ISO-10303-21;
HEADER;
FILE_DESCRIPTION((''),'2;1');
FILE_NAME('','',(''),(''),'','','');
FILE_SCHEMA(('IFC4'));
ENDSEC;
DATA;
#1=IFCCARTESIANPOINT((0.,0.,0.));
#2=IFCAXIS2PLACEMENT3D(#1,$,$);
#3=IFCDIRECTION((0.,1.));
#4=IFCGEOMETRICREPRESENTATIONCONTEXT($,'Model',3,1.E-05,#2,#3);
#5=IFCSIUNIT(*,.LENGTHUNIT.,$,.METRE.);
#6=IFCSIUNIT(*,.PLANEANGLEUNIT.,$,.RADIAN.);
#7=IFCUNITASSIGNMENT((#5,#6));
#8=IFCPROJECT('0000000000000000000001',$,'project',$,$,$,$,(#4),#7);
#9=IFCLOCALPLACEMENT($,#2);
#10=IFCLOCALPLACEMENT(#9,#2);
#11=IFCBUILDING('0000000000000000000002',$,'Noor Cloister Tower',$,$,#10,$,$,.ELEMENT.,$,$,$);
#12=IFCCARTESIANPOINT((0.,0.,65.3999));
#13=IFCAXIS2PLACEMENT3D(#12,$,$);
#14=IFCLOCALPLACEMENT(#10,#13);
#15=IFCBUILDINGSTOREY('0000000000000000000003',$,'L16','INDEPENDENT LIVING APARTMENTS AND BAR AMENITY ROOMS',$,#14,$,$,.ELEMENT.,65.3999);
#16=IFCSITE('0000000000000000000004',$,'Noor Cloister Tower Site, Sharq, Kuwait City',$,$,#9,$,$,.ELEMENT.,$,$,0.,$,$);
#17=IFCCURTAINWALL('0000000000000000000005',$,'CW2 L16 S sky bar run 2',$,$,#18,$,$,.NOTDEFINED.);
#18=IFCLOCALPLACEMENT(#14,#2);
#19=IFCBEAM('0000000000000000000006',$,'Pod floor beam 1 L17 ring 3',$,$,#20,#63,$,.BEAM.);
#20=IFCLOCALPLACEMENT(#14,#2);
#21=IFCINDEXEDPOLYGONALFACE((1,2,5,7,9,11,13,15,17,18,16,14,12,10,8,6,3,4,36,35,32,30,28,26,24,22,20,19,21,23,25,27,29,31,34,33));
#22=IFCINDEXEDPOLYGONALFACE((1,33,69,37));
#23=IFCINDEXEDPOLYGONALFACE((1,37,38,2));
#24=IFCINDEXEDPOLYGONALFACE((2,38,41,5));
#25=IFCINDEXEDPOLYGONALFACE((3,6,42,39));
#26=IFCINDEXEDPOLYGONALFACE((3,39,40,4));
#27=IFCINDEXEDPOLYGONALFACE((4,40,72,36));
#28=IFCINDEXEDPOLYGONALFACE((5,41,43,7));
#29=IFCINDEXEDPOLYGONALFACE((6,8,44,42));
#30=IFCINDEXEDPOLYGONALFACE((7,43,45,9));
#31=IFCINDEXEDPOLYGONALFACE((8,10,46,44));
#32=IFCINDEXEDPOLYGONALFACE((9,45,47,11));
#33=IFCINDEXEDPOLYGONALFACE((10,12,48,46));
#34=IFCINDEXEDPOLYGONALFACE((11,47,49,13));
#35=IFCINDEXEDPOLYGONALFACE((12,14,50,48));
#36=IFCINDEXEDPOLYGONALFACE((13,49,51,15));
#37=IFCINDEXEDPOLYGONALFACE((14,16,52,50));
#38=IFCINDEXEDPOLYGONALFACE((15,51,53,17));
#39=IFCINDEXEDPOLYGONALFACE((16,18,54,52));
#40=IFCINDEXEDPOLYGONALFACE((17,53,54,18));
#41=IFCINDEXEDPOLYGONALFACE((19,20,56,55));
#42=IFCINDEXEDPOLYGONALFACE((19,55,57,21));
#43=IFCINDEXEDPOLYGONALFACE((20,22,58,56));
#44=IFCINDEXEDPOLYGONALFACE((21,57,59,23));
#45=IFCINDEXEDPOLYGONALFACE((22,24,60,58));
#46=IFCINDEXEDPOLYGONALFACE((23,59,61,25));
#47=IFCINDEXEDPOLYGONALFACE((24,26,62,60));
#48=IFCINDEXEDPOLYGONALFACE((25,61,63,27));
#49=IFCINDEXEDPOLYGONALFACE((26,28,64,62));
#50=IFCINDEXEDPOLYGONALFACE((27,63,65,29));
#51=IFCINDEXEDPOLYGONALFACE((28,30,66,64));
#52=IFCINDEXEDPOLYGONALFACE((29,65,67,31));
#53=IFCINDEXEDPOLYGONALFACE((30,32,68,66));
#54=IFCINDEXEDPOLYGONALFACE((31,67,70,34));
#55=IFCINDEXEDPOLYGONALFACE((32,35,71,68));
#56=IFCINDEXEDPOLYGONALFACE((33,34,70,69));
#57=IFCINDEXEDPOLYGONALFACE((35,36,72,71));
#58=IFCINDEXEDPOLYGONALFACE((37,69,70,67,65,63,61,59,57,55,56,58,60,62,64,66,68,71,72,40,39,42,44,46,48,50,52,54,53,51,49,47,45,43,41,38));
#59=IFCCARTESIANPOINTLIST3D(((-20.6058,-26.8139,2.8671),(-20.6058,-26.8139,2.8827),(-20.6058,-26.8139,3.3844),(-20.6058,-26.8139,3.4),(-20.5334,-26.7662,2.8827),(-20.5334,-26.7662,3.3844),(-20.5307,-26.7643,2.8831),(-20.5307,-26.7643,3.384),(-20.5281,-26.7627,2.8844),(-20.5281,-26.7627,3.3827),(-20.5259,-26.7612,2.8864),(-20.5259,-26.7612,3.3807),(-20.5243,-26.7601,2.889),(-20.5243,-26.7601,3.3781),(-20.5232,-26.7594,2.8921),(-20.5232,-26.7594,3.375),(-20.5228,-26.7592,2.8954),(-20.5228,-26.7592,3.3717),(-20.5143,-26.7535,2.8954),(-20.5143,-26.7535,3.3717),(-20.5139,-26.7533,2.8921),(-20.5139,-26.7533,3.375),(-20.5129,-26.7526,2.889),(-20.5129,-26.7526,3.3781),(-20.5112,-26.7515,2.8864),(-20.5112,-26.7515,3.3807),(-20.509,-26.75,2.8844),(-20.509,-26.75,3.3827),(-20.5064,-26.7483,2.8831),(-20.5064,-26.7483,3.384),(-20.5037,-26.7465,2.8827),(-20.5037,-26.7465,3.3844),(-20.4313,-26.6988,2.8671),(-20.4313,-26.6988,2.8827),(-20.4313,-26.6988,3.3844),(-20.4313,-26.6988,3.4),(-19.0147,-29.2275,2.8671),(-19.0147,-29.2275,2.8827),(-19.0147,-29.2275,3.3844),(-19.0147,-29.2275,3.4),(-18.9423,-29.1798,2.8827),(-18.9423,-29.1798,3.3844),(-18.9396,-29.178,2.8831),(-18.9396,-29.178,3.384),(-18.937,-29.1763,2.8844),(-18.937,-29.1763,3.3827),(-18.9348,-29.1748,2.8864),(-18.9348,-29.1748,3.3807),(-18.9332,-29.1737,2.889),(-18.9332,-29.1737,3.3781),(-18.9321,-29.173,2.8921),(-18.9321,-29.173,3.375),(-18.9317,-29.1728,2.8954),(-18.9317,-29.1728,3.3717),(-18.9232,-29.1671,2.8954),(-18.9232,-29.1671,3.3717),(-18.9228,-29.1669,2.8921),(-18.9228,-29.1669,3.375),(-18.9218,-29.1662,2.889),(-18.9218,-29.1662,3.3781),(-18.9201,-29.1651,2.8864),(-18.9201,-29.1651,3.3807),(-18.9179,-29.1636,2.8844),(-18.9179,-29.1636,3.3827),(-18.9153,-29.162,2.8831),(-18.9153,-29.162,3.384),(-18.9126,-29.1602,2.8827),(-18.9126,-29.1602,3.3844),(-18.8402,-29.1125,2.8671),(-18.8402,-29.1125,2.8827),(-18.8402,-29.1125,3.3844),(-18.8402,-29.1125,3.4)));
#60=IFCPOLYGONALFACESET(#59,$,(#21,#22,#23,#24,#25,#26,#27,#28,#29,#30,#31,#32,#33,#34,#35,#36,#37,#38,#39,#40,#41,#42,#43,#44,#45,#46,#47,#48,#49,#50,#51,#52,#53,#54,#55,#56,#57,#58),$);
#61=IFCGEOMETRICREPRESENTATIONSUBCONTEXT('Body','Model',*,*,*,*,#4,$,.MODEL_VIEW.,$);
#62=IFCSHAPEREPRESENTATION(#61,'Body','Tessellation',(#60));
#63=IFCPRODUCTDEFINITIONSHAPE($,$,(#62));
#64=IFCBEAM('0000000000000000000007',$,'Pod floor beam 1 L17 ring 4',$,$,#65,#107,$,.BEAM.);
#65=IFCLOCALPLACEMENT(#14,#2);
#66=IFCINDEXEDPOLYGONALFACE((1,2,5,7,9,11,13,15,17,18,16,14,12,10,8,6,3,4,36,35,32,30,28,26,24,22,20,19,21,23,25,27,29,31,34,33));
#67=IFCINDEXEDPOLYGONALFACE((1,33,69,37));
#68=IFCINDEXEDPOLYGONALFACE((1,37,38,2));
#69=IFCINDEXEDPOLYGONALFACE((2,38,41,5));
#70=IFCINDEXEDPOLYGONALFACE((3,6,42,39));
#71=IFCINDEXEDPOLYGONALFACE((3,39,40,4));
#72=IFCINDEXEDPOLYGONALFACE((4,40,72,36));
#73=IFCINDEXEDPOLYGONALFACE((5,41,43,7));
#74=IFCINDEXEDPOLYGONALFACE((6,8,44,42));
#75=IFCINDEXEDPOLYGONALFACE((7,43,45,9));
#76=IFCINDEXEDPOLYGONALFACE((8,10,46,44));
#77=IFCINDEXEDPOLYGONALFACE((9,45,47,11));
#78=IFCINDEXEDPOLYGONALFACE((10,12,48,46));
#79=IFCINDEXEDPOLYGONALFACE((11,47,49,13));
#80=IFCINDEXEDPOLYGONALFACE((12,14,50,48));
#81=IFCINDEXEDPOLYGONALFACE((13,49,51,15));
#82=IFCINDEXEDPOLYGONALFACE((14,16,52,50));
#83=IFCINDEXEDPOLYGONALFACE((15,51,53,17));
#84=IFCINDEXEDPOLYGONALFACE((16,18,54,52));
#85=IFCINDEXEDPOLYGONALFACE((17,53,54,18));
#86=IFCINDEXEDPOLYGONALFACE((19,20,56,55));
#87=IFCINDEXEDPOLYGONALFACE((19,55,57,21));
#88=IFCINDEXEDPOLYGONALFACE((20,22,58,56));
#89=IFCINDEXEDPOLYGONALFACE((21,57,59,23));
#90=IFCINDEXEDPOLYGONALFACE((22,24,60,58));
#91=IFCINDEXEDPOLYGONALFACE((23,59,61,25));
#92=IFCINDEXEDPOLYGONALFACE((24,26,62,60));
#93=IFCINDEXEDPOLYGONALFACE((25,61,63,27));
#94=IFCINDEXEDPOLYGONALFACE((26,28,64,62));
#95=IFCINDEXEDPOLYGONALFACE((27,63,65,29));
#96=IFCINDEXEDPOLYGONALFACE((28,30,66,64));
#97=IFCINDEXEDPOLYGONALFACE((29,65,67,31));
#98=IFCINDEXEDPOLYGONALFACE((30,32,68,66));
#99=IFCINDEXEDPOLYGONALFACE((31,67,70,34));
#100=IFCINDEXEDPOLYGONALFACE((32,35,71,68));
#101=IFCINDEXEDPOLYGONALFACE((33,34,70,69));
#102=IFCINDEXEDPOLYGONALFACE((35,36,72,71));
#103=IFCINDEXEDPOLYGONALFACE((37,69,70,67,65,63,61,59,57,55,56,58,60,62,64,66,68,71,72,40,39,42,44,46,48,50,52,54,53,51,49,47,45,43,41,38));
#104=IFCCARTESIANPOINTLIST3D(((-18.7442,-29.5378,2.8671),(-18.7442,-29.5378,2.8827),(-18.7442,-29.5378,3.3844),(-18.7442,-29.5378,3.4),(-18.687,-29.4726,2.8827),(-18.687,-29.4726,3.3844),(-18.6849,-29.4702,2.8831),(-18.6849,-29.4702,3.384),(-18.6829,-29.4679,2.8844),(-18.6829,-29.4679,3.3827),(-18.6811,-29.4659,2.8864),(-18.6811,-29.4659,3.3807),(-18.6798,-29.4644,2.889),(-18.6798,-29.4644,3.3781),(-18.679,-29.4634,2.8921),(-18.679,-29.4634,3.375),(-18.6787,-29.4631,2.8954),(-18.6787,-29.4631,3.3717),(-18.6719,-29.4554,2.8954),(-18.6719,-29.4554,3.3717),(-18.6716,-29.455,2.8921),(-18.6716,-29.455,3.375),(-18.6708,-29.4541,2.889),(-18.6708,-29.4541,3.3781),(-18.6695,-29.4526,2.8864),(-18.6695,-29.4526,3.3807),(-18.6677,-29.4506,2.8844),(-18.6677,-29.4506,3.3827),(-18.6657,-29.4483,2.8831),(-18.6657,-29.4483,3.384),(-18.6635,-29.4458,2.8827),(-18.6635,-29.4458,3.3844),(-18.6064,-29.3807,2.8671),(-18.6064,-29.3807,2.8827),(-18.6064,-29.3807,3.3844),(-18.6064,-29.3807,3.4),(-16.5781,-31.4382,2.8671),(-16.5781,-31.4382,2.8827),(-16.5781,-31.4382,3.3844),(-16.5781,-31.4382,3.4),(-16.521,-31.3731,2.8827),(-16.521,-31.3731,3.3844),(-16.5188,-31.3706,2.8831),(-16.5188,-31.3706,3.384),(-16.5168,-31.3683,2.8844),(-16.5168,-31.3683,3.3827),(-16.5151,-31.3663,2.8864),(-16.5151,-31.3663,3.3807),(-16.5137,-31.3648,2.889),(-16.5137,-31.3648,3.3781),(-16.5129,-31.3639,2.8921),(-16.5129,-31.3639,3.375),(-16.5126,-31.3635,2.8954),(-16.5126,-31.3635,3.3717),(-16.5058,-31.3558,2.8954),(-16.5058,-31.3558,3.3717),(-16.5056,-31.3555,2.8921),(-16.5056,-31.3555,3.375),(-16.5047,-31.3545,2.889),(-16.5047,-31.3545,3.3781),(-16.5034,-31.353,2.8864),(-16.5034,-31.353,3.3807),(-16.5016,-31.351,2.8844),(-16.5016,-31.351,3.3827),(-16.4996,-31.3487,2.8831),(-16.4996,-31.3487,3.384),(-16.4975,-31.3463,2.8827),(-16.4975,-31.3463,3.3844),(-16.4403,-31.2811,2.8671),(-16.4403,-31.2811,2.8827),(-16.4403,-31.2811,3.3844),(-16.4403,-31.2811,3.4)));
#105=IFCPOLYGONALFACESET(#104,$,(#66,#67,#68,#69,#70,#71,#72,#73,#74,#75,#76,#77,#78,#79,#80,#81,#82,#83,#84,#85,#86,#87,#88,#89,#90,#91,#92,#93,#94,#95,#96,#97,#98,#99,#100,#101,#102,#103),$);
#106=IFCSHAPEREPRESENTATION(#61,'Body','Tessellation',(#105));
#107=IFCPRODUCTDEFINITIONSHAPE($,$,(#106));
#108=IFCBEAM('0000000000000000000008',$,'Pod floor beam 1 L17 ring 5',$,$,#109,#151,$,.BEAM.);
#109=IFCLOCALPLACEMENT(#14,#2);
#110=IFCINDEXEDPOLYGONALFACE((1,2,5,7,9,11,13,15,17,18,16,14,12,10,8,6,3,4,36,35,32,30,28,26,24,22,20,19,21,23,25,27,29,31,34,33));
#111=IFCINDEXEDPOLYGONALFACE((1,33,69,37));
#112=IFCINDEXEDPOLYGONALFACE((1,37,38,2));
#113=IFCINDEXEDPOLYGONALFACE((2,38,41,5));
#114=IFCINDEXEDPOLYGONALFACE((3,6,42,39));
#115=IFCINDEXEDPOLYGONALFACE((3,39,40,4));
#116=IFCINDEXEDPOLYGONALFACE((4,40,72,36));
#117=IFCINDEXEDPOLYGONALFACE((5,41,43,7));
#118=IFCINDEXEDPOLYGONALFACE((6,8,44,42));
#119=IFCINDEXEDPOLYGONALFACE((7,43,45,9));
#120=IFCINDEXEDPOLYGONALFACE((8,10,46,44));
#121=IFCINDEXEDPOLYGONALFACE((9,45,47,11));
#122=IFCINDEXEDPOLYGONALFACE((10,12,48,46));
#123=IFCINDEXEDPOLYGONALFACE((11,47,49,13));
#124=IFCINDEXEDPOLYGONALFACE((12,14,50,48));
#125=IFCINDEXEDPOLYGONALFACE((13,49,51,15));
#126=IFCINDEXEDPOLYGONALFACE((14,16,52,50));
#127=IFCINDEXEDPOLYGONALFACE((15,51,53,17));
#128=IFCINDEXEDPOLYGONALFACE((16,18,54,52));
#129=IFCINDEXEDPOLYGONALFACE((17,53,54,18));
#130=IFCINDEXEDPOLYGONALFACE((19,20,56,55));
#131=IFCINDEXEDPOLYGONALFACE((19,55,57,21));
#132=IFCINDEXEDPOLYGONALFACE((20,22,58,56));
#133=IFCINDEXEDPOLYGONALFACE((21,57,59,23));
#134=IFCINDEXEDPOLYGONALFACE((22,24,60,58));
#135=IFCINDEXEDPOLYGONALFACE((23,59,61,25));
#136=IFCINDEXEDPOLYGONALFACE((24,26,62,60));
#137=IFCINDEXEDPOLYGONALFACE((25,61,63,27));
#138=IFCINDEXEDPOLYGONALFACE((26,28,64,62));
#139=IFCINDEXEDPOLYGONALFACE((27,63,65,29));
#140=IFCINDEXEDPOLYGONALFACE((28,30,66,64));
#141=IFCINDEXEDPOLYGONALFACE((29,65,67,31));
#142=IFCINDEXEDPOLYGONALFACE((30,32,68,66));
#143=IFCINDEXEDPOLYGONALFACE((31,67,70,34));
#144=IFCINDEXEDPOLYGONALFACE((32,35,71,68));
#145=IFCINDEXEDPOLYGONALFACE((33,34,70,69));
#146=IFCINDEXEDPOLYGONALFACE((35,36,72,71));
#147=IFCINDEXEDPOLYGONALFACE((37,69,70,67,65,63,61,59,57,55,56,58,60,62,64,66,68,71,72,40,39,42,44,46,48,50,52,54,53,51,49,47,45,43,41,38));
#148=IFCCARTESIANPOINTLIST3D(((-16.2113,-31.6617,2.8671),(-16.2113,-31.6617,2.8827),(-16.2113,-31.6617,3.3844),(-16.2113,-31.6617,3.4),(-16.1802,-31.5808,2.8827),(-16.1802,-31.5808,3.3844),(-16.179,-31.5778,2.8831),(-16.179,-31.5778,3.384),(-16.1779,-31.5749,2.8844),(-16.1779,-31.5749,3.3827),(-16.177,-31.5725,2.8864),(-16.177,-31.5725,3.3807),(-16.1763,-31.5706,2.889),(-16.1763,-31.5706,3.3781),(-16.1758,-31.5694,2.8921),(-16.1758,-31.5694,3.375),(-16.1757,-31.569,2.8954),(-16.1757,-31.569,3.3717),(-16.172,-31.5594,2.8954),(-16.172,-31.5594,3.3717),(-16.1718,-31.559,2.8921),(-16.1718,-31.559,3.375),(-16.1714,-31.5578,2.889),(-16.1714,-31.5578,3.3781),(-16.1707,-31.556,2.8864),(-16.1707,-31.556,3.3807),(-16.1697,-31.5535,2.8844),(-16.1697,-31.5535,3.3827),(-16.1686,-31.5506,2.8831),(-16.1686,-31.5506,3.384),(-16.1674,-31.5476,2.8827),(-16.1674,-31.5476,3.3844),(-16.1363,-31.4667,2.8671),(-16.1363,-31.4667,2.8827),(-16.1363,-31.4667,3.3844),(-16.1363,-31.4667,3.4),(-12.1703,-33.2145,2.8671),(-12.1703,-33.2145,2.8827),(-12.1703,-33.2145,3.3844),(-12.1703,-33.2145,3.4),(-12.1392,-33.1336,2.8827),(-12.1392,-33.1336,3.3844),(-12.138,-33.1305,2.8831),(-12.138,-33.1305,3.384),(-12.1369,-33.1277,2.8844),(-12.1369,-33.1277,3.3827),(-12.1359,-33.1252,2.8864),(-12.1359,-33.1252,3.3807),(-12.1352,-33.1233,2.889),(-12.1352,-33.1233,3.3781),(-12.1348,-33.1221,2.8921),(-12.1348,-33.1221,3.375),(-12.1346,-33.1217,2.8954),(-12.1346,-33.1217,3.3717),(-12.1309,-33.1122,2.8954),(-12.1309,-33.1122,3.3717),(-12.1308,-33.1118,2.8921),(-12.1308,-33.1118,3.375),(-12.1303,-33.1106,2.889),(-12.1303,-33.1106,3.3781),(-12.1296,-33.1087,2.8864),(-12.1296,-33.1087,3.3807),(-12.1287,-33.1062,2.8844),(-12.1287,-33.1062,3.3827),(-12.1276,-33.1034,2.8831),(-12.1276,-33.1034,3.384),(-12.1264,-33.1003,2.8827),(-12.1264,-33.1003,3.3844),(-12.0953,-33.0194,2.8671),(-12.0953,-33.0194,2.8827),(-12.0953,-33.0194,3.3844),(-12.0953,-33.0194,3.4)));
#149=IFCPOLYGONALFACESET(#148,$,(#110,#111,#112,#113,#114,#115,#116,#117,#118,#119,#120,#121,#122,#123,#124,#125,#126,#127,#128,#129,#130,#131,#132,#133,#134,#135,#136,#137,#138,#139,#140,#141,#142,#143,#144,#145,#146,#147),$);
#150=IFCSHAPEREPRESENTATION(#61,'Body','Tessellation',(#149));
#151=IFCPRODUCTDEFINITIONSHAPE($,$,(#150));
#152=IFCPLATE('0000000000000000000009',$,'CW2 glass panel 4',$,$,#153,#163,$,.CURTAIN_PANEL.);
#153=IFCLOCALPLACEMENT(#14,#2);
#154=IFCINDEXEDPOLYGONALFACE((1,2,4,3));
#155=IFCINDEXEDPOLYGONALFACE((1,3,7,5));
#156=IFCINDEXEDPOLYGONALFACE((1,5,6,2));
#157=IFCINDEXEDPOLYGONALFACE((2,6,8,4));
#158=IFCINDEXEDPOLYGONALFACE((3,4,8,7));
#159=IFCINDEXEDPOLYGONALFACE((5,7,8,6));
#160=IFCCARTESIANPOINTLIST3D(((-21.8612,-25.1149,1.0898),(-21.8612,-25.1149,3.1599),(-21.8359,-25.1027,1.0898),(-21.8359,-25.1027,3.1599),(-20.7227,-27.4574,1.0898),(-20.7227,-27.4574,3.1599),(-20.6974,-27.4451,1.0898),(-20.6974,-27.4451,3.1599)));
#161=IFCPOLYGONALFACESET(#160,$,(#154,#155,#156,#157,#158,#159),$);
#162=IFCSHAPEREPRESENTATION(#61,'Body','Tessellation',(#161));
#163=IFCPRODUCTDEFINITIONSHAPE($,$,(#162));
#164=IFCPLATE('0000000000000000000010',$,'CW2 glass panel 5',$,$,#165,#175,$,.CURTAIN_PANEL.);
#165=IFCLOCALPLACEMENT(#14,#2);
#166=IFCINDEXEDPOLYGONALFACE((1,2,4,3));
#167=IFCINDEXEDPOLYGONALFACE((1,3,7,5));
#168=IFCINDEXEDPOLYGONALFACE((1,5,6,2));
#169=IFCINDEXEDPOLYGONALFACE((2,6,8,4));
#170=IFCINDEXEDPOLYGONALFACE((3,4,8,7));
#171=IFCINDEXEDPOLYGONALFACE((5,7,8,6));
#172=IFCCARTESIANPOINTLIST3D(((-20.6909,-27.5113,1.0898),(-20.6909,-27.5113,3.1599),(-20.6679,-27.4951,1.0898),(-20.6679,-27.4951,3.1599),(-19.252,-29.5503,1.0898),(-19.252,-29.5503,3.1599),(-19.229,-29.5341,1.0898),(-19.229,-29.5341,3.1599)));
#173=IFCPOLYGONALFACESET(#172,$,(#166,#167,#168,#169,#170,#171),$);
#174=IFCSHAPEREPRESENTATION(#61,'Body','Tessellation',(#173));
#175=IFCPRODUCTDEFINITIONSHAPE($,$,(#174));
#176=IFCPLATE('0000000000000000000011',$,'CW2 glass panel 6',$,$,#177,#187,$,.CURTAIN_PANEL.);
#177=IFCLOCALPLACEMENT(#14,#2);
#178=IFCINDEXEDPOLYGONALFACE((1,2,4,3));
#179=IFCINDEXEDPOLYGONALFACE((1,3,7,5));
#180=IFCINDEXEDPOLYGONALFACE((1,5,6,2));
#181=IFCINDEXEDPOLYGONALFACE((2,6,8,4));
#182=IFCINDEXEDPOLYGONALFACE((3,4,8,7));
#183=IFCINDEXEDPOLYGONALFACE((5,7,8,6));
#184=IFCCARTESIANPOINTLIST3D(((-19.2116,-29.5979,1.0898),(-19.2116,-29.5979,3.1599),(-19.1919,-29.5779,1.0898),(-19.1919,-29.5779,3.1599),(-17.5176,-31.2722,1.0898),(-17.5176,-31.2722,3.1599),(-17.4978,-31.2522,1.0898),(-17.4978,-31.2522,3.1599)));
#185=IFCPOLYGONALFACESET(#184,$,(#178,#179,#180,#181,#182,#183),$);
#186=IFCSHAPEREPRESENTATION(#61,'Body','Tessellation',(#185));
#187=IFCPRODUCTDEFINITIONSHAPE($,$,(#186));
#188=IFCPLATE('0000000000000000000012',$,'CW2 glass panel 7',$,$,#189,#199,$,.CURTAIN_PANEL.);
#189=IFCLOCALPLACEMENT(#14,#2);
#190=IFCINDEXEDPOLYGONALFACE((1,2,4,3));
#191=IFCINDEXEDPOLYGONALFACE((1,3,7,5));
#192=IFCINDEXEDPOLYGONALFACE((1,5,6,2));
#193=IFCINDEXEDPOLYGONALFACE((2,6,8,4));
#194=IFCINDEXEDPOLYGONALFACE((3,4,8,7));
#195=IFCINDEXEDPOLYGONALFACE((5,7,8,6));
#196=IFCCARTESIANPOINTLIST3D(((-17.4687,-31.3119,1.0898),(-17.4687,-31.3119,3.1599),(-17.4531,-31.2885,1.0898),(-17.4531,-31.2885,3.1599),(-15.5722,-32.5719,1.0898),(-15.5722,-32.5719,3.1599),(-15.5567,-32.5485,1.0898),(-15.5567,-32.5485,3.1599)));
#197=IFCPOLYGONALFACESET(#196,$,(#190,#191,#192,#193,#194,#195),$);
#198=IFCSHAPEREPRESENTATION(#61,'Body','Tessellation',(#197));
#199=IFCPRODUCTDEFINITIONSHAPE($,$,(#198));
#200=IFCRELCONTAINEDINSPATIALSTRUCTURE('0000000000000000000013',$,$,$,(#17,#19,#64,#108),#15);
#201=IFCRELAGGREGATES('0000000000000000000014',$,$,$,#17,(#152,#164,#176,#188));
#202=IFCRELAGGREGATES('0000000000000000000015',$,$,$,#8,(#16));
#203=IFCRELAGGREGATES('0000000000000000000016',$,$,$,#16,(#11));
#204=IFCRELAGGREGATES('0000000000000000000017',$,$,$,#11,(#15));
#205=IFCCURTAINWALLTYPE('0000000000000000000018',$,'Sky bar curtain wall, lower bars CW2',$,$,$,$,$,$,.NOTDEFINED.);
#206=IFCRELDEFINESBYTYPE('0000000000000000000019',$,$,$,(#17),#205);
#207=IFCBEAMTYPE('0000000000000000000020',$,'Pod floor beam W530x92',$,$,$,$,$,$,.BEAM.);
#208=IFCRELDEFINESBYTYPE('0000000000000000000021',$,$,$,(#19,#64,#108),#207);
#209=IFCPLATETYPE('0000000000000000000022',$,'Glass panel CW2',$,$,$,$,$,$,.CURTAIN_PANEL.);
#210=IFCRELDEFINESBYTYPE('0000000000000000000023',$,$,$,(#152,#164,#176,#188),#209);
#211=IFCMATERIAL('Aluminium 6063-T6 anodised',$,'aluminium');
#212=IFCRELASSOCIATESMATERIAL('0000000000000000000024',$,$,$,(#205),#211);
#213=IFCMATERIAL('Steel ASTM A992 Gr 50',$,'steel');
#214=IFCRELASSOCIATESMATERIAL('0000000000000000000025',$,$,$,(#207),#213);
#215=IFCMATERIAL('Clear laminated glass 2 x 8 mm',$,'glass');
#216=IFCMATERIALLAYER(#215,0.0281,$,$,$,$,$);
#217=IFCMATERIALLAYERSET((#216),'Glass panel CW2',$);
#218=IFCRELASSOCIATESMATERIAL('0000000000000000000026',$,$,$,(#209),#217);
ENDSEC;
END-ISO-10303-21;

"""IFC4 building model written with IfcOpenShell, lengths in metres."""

from ifc_helpers import new_model, si_unit, direction, frame, origin, origin_2d, place, context, subcontext, project, spatial, rectangle, i_section, extrude, material, layer, layer_set, material_profile, profile_set, type_object, element, aggregate, save


model = new_model("IFC4")

# Units and contexts
model_context = context("Model", 3, precision=1e-05, world=origin(), true_north=direction((0.0, 1.0)))
body_context = subcontext(model_context, "Body", "Model", "MODEL_VIEW")
ifc_project = project(units=[si_unit("LENGTHUNIT", "METRE"), si_unit("PLANEANGLEUNIT", "RADIAN")], contexts=[model_context])

# Site, building, storey
site_placement = place(None, origin())
site = spatial("IfcSite", under=ifc_project, at=site_placement, Name="Noor Cloister Tower Site, Sharq, Kuwait City", CompositionType="ELEMENT", RefElevation=0.0)
building_placement = place(site_placement, origin())
building = spatial("IfcBuilding", under=site, at=building_placement, Name="Noor Cloister Tower", CompositionType="ELEMENT")
storey_placement = place(building_placement, frame((0.0, 0.0, 65.3999)))
storey = spatial("IfcBuildingStorey", under=building, at=storey_placement, Name="L16", Description="INDEPENDENT LIVING APARTMENTS AND BAR AMENITY ROOMS", CompositionType="ELEMENT", Elevation=65.3999)

# Curtain wall
ifc_material_1 = material(Name="Aluminium 6063-T6 anodised", Category="aluminium")
curtain_wall_type = type_object("IfcCurtainWallType", Name="Sky bar curtain wall, lower bars CW2", PredefinedType="NOTDEFINED", material=ifc_material_1)
curtain_wall_placement = place(storey_placement, origin())
curtain_wall = element("IfcCurtainWall", 1, at=curtain_wall_placement, inside=storey, type_object=curtain_wall_type, Name="CW2 L16 S sky bar run 2", PredefinedType="NOTDEFINED")

# Beams
ifc_material_2 = material(Name="Steel ASTM A992 Gr 50", Category="steel")
ifc_material_profile_1 = material_profile(ifc_material_2, i_section(OverallWidth=0.209, OverallDepth=0.533, WebThickness=0.0103, FlangeThickness=0.0156, FilletRadius=0.0127, at=origin_2d()), Name="W530x92")
ifc_profile_set_1 = profile_set([ifc_material_profile_1], Name="Steel ASTM A992 Gr 50")
beam_type = type_object("IfcBeamType", Name="Pod floor beam W530x92", PredefinedType="BEAM", material=ifc_profile_set_1)
beam_1_placement = place(storey_placement, frame((-20.5186, -26.7563, 3.1335), z_axis=(0.550386, -0.834911, 0.0), x_axis=(0.834911, 0.550386, 0.0)))
element("IfcBeam", 2, at=beam_1_placement, inside=storey, type_object=beam_type, Name="Pod floor beam 1 L17 ring 3", PredefinedType="BEAM", context=body_context, shape_type="SweptSolid", body=[
    extrude(i_section(OverallWidth=0.209, OverallDepth=0.533, WebThickness=0.0103, FlangeThickness=0.0156, FilletRadius=0.0127, at=origin_2d()), origin(), (0.0, 0.0, 1.0), 2.8909),
])
beam_2_placement = place(storey_placement, frame((-18.6753, -29.4592, 3.1335), z_axis=(0.751694, -0.659512, 0.0), x_axis=(0.659512, 0.751694, 0.0)))
element("IfcBeam", 3, at=beam_2_placement, inside=storey, type_object=beam_type, Name="Pod floor beam 1 L17 ring 4", PredefinedType="BEAM", context=body_context, shape_type="SweptSolid", body=[
    extrude(i_section(OverallWidth=0.209, OverallDepth=0.533, WebThickness=0.0103, FlangeThickness=0.0156, FilletRadius=0.0127, at=origin_2d()), origin(), (0.0, 0.0, 1.0), 2.8816),
])
beam_3_placement = place(storey_placement, frame((-16.1738, -31.5642, 3.1335), z_axis=(0.933462, -0.358677, 0.0), x_axis=(0.358677, 0.933462, 0.0)))
element("IfcBeam", 4, at=beam_3_placement, inside=storey, type_object=beam_type, Name="Pod floor beam 1 L17 ring 5", PredefinedType="BEAM", context=body_context, shape_type="SweptSolid", body=[
    extrude(i_section(OverallWidth=0.209, OverallDepth=0.533, WebThickness=0.0103, FlangeThickness=0.0156, FilletRadius=0.0127, at=origin_2d()), origin(), (0.0, 0.0, 1.0), 4.3291),
])

# Plates
ifc_material_3 = material(Name="Clear laminated glass 2 x 8 mm", Category="glass")
ifc_layer_1 = layer(ifc_material_3, 0.0281)
ifc_layer_set_1 = layer_set([ifc_layer_1], Name="Glass panel CW2")
plate_type = type_object("IfcPlateType", Name="Glass panel CW2", PredefinedType="CURTAIN_PANEL", material=ifc_layer_set_1)
plate_1_placement = place(storey_placement, frame((-21.2793, -26.28, 1.0898), z_axis=(0.0, 0.0, 1.0), x_axis=(0.43714, -0.899394, 0.0)))
plate_1 = element("IfcPlate", 5, at=plate_1_placement, type_object=plate_type, Name="CW2 glass panel 4", PredefinedType="CURTAIN_PANEL", context=body_context, shape_type="SweptSolid", body=[
    extrude(rectangle(XDim=2.6045, YDim=0.0281, at=origin_2d()), origin(), (0.0, 0.0, 1.0), 2.0701),
])
plate_2_placement = place(storey_placement, frame((-19.96, -28.5227, 1.0898), z_axis=(0.0, 0.0, 1.0), x_axis=(0.576574, -0.817045, 0.0)))
plate_2 = element("IfcPlate", 6, at=plate_2_placement, type_object=plate_type, Name="CW2 glass panel 5", PredefinedType="CURTAIN_PANEL", context=body_context, shape_type="SweptSolid", body=[
    extrude(rectangle(XDim=2.4956, YDim=0.0281, at=origin_2d()), origin(), (0.0, 0.0, 1.0), 2.0701),
])
plate_3_placement = place(storey_placement, frame((-18.3547, -30.425, 1.0898), z_axis=(0.0, 0.0, 1.0), x_axis=(0.711249, -0.702941, 0.0)))
plate_3 = element("IfcPlate", 7, at=plate_3_placement, type_object=plate_type, Name="CW2 glass panel 6", PredefinedType="CURTAIN_PANEL", context=body_context, shape_type="SweptSolid", body=[
    extrude(rectangle(XDim=2.3818, YDim=0.0281, at=origin_2d()), origin(), (0.0, 0.0, 1.0), 2.0701),
])
plate_4_placement = place(storey_placement, frame((-16.5127, -31.9302, 1.0898), z_axis=(0.0, 0.0, 1.0), x_axis=(0.832918, -0.553396, 0.0)))
plate_4 = element("IfcPlate", 8, at=plate_4_placement, type_object=plate_type, Name="CW2 glass panel 7", PredefinedType="CURTAIN_PANEL", context=body_context, shape_type="SweptSolid", body=[
    extrude(rectangle(XDim=2.2769, YDim=0.0281, at=origin_2d()), origin(), (0.0, 0.0, 1.0), 2.0701),
])
aggregate(curtain_wall, [plate_1, plate_2, plate_3, plate_4])

save(model, "model.ifc")
